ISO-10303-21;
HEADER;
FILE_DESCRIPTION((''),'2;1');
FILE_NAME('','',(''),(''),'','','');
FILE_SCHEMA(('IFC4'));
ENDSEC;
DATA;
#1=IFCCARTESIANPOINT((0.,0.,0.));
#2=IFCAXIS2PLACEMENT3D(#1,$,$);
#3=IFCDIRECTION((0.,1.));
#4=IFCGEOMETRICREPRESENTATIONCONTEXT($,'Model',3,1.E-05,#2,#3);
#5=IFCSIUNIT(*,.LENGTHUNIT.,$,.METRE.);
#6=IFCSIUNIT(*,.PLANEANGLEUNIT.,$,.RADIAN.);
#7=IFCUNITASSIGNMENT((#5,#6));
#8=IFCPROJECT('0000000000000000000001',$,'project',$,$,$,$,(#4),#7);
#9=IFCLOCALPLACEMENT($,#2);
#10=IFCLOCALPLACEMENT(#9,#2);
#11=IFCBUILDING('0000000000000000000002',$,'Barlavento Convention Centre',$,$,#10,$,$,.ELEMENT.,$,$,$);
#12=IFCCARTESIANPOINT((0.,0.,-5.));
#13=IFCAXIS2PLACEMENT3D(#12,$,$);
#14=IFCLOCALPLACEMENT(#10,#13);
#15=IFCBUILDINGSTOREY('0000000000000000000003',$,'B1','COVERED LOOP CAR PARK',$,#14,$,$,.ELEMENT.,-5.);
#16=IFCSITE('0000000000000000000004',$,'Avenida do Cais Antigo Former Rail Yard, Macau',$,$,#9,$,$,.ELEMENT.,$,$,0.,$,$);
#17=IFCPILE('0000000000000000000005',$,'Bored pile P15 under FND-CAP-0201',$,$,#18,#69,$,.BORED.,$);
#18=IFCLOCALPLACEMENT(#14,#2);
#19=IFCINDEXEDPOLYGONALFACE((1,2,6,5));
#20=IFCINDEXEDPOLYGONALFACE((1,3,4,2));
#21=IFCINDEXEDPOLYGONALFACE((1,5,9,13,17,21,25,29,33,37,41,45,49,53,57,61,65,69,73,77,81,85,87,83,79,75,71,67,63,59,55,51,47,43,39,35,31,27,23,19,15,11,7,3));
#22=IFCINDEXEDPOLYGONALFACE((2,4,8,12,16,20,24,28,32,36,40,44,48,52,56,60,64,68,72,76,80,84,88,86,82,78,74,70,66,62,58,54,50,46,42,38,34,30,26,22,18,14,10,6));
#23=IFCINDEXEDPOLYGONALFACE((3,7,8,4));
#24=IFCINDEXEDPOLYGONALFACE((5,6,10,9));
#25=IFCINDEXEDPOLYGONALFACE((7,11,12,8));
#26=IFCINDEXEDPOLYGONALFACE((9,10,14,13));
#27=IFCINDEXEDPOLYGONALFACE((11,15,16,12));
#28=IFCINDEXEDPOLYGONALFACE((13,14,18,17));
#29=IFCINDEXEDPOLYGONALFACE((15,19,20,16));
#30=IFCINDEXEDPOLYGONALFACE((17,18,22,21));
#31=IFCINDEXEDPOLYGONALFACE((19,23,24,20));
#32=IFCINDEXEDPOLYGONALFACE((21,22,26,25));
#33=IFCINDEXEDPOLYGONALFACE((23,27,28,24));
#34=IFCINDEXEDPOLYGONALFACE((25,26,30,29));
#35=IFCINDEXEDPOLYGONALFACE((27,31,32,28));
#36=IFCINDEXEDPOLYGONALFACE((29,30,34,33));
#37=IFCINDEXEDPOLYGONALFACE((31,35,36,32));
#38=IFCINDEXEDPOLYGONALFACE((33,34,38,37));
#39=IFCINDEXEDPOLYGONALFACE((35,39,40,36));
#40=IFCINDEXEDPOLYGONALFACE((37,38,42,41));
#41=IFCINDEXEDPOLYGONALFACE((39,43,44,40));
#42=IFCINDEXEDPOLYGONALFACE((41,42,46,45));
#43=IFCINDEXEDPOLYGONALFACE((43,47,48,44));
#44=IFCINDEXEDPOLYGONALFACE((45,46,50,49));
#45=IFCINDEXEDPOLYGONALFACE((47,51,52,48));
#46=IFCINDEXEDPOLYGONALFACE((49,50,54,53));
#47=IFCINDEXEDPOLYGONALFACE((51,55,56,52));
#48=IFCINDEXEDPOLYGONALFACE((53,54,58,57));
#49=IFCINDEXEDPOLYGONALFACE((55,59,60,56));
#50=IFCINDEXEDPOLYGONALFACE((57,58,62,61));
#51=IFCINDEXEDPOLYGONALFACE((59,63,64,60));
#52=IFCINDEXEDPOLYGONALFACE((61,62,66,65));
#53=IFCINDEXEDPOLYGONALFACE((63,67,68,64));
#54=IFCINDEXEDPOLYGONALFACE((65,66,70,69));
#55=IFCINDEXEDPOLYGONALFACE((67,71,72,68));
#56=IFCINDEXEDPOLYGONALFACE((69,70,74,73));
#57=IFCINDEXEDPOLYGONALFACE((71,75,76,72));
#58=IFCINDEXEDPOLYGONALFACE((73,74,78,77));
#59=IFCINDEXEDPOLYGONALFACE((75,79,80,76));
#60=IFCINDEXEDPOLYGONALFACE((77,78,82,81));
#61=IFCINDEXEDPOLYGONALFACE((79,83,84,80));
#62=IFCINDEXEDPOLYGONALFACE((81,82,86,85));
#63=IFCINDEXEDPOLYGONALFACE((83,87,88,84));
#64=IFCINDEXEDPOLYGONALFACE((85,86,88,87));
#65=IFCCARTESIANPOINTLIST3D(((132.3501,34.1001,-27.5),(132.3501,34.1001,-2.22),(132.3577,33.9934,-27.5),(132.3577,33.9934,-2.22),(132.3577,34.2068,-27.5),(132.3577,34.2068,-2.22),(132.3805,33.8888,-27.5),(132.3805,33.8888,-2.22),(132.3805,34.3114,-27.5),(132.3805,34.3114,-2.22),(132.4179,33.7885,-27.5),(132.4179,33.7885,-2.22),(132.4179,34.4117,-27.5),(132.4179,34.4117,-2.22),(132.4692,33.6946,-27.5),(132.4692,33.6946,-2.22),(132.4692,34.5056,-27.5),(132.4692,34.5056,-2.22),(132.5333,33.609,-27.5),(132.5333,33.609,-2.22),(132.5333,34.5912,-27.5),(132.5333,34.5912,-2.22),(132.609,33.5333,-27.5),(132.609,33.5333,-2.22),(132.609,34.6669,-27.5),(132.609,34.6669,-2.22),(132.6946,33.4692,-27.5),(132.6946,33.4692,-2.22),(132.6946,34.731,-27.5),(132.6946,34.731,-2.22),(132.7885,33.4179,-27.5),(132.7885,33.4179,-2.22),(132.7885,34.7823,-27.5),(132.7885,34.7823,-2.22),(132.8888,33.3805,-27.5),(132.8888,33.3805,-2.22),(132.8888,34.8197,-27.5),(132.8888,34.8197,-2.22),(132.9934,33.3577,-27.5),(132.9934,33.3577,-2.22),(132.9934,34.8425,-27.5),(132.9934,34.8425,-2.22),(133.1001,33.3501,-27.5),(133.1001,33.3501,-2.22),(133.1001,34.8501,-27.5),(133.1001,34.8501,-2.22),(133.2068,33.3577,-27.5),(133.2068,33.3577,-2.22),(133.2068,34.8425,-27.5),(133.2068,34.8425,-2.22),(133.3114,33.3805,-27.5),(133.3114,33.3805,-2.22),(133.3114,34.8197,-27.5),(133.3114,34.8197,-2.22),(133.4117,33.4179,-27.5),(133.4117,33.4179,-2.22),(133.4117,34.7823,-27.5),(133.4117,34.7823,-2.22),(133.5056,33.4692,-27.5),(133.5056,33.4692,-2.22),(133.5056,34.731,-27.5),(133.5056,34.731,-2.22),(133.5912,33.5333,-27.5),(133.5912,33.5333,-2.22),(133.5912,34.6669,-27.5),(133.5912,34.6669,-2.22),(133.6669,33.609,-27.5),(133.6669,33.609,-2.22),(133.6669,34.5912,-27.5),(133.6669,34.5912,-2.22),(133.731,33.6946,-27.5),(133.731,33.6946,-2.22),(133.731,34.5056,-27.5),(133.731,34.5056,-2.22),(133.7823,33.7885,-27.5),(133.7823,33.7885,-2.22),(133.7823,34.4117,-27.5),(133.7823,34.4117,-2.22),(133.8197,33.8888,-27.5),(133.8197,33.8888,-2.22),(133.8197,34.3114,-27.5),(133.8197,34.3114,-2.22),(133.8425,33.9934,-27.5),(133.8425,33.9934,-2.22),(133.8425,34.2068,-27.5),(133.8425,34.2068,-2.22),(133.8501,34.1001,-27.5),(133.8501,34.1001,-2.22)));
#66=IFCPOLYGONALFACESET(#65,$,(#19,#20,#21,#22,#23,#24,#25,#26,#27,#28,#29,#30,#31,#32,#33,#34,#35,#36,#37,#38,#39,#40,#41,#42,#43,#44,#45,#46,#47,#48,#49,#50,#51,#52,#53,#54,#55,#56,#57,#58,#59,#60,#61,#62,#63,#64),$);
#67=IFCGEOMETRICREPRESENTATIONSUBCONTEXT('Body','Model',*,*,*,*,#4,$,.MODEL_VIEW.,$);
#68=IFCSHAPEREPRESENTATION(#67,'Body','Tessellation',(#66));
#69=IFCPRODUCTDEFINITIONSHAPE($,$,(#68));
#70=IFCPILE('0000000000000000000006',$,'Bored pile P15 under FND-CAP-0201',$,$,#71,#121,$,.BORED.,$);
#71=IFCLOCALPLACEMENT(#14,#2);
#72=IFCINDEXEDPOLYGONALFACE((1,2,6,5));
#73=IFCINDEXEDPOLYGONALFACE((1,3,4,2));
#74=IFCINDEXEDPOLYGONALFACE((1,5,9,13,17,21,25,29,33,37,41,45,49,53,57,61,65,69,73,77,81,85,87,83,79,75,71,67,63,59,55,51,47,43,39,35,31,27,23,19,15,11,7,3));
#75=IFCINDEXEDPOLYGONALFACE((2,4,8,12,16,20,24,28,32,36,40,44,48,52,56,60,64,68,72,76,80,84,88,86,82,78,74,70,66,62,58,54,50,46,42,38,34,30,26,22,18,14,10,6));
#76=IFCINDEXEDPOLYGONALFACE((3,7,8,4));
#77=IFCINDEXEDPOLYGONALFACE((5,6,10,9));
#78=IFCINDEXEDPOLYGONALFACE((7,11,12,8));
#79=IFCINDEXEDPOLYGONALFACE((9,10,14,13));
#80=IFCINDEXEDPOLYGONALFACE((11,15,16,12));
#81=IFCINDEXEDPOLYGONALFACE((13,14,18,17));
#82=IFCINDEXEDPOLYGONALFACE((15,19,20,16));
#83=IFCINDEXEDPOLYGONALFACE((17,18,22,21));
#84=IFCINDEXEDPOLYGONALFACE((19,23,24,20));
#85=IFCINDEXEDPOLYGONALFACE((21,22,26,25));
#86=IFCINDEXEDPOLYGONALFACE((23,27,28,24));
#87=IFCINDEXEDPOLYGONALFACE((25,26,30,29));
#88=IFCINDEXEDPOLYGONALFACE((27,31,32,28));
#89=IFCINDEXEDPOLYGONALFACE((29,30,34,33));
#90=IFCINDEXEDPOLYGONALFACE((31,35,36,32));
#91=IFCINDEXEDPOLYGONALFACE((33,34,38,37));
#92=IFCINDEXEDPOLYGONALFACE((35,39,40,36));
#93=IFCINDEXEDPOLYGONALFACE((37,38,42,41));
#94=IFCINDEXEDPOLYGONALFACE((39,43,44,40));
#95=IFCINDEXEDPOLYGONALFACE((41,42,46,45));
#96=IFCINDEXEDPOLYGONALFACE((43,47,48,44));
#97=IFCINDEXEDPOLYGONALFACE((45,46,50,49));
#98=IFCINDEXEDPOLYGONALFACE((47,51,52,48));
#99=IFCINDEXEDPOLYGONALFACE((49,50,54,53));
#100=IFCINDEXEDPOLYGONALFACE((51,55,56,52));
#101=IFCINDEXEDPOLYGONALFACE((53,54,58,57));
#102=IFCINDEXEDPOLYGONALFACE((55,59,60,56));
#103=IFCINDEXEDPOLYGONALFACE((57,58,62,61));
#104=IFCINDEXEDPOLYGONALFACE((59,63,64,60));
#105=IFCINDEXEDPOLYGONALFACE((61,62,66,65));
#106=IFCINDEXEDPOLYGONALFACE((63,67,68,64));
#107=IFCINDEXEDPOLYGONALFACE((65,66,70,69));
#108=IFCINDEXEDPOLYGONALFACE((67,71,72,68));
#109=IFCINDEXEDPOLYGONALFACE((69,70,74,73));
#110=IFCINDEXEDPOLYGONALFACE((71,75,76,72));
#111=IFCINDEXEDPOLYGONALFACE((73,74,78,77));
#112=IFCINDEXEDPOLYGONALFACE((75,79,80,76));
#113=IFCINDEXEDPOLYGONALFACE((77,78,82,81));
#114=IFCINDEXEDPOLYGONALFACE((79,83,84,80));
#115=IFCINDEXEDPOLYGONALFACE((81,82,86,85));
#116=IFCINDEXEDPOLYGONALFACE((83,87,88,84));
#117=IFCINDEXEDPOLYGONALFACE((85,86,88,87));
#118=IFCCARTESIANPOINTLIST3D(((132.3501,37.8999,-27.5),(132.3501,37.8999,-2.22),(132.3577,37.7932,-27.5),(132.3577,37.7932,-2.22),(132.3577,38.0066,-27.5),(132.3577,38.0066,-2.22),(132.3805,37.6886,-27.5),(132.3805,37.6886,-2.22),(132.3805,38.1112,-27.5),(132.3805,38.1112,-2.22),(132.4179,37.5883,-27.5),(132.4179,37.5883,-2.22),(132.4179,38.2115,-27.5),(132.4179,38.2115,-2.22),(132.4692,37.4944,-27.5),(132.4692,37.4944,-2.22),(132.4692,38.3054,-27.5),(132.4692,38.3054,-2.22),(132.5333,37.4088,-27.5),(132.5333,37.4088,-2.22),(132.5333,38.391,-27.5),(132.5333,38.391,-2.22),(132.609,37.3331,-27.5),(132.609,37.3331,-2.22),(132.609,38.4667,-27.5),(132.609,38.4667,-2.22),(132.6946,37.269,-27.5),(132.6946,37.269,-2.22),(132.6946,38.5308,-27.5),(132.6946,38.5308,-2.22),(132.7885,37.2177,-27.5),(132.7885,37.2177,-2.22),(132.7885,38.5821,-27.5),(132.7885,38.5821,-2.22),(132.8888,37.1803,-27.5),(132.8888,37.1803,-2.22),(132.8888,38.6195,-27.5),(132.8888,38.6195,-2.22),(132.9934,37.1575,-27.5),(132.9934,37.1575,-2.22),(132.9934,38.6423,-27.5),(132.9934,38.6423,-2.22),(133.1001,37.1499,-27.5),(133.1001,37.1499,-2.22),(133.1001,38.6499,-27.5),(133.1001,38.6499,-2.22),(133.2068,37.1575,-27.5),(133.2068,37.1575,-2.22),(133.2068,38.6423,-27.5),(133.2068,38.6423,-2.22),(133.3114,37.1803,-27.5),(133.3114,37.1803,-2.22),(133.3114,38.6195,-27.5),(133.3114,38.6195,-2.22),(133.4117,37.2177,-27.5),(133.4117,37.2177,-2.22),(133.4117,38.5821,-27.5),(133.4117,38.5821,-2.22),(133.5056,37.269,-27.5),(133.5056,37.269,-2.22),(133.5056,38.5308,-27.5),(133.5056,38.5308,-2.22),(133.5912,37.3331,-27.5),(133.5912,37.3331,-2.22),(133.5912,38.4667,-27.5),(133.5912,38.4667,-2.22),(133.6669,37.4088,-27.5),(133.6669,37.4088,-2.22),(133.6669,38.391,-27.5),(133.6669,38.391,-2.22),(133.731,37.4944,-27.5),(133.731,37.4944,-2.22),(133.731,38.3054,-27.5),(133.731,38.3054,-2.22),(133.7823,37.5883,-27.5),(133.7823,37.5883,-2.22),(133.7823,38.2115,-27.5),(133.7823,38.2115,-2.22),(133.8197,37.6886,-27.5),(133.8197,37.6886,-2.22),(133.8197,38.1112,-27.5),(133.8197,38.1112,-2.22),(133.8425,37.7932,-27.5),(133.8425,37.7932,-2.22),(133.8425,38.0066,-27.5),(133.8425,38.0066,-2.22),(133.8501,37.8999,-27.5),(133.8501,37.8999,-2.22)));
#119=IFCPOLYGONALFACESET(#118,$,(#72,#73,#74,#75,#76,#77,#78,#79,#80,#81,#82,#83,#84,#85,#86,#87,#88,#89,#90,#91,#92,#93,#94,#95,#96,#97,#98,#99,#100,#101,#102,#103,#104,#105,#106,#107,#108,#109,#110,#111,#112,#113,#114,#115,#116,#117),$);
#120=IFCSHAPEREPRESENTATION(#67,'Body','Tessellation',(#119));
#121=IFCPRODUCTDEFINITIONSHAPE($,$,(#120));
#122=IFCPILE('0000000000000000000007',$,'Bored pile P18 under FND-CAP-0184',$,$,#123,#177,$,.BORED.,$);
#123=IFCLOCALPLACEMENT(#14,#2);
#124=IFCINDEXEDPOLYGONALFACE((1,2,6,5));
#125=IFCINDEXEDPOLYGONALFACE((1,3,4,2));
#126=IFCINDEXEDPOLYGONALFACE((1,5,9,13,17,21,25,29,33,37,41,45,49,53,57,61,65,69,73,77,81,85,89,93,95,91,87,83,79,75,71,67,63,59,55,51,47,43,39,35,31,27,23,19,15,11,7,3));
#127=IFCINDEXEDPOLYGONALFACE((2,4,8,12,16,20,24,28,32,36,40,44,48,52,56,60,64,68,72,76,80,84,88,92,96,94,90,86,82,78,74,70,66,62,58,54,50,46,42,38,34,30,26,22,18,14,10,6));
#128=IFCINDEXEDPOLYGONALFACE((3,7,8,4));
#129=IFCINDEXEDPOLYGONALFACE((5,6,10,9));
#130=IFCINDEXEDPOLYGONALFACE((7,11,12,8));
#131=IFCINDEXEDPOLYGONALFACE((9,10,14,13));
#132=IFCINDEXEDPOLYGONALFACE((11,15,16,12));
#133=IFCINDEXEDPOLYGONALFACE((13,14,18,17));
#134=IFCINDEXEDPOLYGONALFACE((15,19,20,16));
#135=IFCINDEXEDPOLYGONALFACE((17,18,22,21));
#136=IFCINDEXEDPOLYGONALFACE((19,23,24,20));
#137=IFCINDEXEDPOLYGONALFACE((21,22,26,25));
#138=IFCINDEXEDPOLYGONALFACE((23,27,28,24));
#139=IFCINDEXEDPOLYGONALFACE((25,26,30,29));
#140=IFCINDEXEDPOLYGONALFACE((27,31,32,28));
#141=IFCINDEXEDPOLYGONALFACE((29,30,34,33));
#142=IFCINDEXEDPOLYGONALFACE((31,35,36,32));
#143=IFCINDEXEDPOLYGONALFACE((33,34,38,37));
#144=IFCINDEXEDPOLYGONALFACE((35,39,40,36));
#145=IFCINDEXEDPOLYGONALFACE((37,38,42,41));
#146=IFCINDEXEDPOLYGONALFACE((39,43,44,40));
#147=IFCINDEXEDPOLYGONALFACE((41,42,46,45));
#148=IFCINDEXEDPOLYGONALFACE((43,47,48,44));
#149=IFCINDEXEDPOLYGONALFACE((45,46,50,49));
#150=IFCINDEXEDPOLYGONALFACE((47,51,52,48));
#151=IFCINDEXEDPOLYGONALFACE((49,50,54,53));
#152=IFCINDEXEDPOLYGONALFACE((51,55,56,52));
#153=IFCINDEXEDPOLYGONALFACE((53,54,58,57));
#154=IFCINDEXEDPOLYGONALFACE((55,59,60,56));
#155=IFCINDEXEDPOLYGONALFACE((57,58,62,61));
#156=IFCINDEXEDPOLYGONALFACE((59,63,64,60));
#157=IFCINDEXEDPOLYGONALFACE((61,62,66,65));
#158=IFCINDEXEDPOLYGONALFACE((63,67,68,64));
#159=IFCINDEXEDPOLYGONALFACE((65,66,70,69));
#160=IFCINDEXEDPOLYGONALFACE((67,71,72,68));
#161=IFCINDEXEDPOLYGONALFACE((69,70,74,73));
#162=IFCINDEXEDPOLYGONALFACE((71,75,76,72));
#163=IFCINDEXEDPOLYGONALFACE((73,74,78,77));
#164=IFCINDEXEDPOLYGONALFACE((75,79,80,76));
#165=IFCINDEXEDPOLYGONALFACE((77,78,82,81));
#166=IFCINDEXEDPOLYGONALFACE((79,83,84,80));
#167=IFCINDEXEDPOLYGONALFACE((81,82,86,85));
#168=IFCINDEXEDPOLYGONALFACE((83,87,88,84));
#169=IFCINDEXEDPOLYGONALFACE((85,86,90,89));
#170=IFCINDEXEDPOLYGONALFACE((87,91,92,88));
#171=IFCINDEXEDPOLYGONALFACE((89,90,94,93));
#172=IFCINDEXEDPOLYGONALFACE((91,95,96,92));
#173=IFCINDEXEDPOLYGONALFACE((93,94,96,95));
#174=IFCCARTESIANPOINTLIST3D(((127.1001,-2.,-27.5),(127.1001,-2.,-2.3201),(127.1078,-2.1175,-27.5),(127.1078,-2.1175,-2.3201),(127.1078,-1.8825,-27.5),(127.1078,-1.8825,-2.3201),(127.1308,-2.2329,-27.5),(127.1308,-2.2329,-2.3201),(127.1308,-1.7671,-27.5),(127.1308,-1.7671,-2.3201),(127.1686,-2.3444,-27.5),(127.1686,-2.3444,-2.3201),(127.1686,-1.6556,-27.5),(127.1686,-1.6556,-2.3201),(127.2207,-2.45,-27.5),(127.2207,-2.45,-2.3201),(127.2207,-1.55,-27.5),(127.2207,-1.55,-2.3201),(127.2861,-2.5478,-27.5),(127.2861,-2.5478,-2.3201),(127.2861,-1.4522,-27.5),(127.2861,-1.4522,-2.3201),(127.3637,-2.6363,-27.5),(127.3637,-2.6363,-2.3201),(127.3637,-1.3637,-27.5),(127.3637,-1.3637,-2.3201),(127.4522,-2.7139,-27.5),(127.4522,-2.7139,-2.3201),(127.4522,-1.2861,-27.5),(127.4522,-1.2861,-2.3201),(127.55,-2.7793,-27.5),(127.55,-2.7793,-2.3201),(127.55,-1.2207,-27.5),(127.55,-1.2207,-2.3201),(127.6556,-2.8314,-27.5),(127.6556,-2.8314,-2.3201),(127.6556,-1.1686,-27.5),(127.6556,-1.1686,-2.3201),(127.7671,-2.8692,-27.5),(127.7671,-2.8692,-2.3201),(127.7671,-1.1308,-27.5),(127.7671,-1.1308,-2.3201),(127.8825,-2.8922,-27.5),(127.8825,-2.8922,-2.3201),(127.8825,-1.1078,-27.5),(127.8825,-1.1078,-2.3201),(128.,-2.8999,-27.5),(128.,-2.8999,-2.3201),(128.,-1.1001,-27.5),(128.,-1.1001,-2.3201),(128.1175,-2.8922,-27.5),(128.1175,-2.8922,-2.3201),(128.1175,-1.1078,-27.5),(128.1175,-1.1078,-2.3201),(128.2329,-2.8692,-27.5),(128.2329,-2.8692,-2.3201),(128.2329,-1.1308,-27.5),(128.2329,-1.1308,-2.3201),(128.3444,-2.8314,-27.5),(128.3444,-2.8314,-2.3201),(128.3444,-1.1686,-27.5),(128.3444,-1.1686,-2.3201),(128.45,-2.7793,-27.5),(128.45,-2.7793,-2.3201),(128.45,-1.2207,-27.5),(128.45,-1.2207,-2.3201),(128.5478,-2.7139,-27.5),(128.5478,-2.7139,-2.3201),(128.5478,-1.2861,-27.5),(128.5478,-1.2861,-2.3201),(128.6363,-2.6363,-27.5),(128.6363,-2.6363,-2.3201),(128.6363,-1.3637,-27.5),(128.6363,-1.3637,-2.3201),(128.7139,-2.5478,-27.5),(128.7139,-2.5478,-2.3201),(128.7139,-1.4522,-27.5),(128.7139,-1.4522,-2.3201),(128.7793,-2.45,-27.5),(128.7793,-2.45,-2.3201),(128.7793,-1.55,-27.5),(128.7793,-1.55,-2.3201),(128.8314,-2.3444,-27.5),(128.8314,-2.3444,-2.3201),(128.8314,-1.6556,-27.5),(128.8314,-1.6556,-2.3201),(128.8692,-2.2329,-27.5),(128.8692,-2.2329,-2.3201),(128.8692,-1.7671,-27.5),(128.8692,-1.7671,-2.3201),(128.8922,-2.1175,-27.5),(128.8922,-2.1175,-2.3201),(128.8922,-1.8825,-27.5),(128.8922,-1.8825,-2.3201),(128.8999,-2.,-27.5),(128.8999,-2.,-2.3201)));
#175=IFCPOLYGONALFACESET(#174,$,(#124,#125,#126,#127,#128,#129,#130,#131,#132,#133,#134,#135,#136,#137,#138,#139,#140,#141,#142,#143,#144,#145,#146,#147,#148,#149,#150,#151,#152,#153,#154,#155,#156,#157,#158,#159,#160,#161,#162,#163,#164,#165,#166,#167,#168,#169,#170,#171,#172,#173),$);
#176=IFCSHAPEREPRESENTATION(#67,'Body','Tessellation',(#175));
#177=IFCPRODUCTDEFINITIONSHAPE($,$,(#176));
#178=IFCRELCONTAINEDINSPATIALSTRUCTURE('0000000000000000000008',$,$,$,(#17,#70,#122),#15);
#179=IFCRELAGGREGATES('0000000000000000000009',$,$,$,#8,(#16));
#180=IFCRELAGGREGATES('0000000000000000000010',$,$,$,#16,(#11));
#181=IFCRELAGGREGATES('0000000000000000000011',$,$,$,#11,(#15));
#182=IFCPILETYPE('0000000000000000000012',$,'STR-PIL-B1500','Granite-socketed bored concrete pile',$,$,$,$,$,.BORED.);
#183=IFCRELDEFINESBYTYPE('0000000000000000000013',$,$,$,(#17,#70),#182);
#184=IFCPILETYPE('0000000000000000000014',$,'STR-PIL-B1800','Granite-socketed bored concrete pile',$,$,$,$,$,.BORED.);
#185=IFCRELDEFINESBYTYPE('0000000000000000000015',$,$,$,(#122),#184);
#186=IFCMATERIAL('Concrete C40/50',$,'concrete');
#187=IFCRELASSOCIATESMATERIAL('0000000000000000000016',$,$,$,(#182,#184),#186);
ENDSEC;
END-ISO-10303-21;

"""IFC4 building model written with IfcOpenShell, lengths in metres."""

from ifc_helpers import new_model, si_unit, direction, frame, origin, origin_2d, place, context, subcontext, project, spatial, circle, extrude, material, material_profile, profile_set, type_object, element, save


model = new_model("IFC4")

# Units and contexts
model_context = context("Model", 3, precision=1e-05, world=origin(), true_north=direction((0.0, 1.0)))
body_context = subcontext(model_context, "Body", "Model", "MODEL_VIEW")
ifc_project = project(units=[si_unit("LENGTHUNIT", "METRE"), si_unit("PLANEANGLEUNIT", "RADIAN")], contexts=[model_context])

# Site, building, storey
site_placement = place(None, origin())
site = spatial("IfcSite", under=ifc_project, at=site_placement, Name="Avenida do Cais Antigo Former Rail Yard, Macau", CompositionType="ELEMENT", RefElevation=0.0)
building_placement = place(site_placement, origin())
building = spatial("IfcBuilding", under=site, at=building_placement, Name="Barlavento Convention Centre", CompositionType="ELEMENT")
storey_placement = place(building_placement, frame((0.0, 0.0, -5.0)))
storey = spatial("IfcBuildingStorey", under=building, at=storey_placement, Name="B1", Description="COVERED LOOP CAR PARK", CompositionType="ELEMENT", Elevation=-5.0)

# Shared definitions
ifc_material_1 = material(Name="Concrete C40/50", Category="concrete")

# Piles
ifc_material_profile_1 = material_profile(ifc_material_1, circle(Radius=0.75, at=origin_2d()), Name="BORED PILE 1500")
ifc_profile_set_1 = profile_set([ifc_material_profile_1], Name="Concrete C40/50")
pile_type_1 = type_object("IfcPileType", Name="STR-PIL-B1500", Description="Granite-socketed bored concrete pile", PredefinedType="BORED", material=ifc_profile_set_1)
for number, where, z_axis, x_axis, name in (
    (1, (133.1001, 34.1001, -2.22), (0.0, 0.0, -1.0), (1.0, 0.0, 0.0), "Bored pile P15 under FND-CAP-0201"),
    (2, (133.1001, 37.8999, -2.22), (0.0, 0.0, -1.0), (1.0, 0.0, 0.0), "Bored pile P15 under FND-CAP-0201"),
):
    element("IfcPile", number, at=place(storey_placement, frame(where, z_axis=z_axis, x_axis=x_axis)), inside=storey, type_object=pile_type_1, Name=name, PredefinedType="BORED", context=body_context, shape_type="SweptSolid", body=[
        extrude(circle(Radius=0.75, at=origin_2d()), origin(), (0.0, 0.0, 1.0), 25.28),
    ])
ifc_material_profile_2 = material_profile(ifc_material_1, circle(Radius=0.8999, at=origin_2d()), Name="BORED PILE 1800")
ifc_profile_set_2 = profile_set([ifc_material_profile_2], Name="Concrete C40/50")
pile_type_2 = type_object("IfcPileType", Name="STR-PIL-B1800", Description="Granite-socketed bored concrete pile", PredefinedType="BORED", material=ifc_profile_set_2)
for number, where, z_axis, x_axis, name in (
    (3, (128.0, -2.0, -2.3201), (0.0, 0.0, -1.0), (1.0, 0.0, 0.0), "Bored pile P18 under FND-CAP-0184"),
):
    element("IfcPile", number, at=place(storey_placement, frame(where, z_axis=z_axis, x_axis=x_axis)), inside=storey, type_object=pile_type_2, Name=name, PredefinedType="BORED", context=body_context, shape_type="SweptSolid", body=[
        extrude(circle(Radius=0.8999, at=origin_2d()), origin(), (0.0, 0.0, 1.0), 25.1799),
    ])

save(model, "model.ifc")
